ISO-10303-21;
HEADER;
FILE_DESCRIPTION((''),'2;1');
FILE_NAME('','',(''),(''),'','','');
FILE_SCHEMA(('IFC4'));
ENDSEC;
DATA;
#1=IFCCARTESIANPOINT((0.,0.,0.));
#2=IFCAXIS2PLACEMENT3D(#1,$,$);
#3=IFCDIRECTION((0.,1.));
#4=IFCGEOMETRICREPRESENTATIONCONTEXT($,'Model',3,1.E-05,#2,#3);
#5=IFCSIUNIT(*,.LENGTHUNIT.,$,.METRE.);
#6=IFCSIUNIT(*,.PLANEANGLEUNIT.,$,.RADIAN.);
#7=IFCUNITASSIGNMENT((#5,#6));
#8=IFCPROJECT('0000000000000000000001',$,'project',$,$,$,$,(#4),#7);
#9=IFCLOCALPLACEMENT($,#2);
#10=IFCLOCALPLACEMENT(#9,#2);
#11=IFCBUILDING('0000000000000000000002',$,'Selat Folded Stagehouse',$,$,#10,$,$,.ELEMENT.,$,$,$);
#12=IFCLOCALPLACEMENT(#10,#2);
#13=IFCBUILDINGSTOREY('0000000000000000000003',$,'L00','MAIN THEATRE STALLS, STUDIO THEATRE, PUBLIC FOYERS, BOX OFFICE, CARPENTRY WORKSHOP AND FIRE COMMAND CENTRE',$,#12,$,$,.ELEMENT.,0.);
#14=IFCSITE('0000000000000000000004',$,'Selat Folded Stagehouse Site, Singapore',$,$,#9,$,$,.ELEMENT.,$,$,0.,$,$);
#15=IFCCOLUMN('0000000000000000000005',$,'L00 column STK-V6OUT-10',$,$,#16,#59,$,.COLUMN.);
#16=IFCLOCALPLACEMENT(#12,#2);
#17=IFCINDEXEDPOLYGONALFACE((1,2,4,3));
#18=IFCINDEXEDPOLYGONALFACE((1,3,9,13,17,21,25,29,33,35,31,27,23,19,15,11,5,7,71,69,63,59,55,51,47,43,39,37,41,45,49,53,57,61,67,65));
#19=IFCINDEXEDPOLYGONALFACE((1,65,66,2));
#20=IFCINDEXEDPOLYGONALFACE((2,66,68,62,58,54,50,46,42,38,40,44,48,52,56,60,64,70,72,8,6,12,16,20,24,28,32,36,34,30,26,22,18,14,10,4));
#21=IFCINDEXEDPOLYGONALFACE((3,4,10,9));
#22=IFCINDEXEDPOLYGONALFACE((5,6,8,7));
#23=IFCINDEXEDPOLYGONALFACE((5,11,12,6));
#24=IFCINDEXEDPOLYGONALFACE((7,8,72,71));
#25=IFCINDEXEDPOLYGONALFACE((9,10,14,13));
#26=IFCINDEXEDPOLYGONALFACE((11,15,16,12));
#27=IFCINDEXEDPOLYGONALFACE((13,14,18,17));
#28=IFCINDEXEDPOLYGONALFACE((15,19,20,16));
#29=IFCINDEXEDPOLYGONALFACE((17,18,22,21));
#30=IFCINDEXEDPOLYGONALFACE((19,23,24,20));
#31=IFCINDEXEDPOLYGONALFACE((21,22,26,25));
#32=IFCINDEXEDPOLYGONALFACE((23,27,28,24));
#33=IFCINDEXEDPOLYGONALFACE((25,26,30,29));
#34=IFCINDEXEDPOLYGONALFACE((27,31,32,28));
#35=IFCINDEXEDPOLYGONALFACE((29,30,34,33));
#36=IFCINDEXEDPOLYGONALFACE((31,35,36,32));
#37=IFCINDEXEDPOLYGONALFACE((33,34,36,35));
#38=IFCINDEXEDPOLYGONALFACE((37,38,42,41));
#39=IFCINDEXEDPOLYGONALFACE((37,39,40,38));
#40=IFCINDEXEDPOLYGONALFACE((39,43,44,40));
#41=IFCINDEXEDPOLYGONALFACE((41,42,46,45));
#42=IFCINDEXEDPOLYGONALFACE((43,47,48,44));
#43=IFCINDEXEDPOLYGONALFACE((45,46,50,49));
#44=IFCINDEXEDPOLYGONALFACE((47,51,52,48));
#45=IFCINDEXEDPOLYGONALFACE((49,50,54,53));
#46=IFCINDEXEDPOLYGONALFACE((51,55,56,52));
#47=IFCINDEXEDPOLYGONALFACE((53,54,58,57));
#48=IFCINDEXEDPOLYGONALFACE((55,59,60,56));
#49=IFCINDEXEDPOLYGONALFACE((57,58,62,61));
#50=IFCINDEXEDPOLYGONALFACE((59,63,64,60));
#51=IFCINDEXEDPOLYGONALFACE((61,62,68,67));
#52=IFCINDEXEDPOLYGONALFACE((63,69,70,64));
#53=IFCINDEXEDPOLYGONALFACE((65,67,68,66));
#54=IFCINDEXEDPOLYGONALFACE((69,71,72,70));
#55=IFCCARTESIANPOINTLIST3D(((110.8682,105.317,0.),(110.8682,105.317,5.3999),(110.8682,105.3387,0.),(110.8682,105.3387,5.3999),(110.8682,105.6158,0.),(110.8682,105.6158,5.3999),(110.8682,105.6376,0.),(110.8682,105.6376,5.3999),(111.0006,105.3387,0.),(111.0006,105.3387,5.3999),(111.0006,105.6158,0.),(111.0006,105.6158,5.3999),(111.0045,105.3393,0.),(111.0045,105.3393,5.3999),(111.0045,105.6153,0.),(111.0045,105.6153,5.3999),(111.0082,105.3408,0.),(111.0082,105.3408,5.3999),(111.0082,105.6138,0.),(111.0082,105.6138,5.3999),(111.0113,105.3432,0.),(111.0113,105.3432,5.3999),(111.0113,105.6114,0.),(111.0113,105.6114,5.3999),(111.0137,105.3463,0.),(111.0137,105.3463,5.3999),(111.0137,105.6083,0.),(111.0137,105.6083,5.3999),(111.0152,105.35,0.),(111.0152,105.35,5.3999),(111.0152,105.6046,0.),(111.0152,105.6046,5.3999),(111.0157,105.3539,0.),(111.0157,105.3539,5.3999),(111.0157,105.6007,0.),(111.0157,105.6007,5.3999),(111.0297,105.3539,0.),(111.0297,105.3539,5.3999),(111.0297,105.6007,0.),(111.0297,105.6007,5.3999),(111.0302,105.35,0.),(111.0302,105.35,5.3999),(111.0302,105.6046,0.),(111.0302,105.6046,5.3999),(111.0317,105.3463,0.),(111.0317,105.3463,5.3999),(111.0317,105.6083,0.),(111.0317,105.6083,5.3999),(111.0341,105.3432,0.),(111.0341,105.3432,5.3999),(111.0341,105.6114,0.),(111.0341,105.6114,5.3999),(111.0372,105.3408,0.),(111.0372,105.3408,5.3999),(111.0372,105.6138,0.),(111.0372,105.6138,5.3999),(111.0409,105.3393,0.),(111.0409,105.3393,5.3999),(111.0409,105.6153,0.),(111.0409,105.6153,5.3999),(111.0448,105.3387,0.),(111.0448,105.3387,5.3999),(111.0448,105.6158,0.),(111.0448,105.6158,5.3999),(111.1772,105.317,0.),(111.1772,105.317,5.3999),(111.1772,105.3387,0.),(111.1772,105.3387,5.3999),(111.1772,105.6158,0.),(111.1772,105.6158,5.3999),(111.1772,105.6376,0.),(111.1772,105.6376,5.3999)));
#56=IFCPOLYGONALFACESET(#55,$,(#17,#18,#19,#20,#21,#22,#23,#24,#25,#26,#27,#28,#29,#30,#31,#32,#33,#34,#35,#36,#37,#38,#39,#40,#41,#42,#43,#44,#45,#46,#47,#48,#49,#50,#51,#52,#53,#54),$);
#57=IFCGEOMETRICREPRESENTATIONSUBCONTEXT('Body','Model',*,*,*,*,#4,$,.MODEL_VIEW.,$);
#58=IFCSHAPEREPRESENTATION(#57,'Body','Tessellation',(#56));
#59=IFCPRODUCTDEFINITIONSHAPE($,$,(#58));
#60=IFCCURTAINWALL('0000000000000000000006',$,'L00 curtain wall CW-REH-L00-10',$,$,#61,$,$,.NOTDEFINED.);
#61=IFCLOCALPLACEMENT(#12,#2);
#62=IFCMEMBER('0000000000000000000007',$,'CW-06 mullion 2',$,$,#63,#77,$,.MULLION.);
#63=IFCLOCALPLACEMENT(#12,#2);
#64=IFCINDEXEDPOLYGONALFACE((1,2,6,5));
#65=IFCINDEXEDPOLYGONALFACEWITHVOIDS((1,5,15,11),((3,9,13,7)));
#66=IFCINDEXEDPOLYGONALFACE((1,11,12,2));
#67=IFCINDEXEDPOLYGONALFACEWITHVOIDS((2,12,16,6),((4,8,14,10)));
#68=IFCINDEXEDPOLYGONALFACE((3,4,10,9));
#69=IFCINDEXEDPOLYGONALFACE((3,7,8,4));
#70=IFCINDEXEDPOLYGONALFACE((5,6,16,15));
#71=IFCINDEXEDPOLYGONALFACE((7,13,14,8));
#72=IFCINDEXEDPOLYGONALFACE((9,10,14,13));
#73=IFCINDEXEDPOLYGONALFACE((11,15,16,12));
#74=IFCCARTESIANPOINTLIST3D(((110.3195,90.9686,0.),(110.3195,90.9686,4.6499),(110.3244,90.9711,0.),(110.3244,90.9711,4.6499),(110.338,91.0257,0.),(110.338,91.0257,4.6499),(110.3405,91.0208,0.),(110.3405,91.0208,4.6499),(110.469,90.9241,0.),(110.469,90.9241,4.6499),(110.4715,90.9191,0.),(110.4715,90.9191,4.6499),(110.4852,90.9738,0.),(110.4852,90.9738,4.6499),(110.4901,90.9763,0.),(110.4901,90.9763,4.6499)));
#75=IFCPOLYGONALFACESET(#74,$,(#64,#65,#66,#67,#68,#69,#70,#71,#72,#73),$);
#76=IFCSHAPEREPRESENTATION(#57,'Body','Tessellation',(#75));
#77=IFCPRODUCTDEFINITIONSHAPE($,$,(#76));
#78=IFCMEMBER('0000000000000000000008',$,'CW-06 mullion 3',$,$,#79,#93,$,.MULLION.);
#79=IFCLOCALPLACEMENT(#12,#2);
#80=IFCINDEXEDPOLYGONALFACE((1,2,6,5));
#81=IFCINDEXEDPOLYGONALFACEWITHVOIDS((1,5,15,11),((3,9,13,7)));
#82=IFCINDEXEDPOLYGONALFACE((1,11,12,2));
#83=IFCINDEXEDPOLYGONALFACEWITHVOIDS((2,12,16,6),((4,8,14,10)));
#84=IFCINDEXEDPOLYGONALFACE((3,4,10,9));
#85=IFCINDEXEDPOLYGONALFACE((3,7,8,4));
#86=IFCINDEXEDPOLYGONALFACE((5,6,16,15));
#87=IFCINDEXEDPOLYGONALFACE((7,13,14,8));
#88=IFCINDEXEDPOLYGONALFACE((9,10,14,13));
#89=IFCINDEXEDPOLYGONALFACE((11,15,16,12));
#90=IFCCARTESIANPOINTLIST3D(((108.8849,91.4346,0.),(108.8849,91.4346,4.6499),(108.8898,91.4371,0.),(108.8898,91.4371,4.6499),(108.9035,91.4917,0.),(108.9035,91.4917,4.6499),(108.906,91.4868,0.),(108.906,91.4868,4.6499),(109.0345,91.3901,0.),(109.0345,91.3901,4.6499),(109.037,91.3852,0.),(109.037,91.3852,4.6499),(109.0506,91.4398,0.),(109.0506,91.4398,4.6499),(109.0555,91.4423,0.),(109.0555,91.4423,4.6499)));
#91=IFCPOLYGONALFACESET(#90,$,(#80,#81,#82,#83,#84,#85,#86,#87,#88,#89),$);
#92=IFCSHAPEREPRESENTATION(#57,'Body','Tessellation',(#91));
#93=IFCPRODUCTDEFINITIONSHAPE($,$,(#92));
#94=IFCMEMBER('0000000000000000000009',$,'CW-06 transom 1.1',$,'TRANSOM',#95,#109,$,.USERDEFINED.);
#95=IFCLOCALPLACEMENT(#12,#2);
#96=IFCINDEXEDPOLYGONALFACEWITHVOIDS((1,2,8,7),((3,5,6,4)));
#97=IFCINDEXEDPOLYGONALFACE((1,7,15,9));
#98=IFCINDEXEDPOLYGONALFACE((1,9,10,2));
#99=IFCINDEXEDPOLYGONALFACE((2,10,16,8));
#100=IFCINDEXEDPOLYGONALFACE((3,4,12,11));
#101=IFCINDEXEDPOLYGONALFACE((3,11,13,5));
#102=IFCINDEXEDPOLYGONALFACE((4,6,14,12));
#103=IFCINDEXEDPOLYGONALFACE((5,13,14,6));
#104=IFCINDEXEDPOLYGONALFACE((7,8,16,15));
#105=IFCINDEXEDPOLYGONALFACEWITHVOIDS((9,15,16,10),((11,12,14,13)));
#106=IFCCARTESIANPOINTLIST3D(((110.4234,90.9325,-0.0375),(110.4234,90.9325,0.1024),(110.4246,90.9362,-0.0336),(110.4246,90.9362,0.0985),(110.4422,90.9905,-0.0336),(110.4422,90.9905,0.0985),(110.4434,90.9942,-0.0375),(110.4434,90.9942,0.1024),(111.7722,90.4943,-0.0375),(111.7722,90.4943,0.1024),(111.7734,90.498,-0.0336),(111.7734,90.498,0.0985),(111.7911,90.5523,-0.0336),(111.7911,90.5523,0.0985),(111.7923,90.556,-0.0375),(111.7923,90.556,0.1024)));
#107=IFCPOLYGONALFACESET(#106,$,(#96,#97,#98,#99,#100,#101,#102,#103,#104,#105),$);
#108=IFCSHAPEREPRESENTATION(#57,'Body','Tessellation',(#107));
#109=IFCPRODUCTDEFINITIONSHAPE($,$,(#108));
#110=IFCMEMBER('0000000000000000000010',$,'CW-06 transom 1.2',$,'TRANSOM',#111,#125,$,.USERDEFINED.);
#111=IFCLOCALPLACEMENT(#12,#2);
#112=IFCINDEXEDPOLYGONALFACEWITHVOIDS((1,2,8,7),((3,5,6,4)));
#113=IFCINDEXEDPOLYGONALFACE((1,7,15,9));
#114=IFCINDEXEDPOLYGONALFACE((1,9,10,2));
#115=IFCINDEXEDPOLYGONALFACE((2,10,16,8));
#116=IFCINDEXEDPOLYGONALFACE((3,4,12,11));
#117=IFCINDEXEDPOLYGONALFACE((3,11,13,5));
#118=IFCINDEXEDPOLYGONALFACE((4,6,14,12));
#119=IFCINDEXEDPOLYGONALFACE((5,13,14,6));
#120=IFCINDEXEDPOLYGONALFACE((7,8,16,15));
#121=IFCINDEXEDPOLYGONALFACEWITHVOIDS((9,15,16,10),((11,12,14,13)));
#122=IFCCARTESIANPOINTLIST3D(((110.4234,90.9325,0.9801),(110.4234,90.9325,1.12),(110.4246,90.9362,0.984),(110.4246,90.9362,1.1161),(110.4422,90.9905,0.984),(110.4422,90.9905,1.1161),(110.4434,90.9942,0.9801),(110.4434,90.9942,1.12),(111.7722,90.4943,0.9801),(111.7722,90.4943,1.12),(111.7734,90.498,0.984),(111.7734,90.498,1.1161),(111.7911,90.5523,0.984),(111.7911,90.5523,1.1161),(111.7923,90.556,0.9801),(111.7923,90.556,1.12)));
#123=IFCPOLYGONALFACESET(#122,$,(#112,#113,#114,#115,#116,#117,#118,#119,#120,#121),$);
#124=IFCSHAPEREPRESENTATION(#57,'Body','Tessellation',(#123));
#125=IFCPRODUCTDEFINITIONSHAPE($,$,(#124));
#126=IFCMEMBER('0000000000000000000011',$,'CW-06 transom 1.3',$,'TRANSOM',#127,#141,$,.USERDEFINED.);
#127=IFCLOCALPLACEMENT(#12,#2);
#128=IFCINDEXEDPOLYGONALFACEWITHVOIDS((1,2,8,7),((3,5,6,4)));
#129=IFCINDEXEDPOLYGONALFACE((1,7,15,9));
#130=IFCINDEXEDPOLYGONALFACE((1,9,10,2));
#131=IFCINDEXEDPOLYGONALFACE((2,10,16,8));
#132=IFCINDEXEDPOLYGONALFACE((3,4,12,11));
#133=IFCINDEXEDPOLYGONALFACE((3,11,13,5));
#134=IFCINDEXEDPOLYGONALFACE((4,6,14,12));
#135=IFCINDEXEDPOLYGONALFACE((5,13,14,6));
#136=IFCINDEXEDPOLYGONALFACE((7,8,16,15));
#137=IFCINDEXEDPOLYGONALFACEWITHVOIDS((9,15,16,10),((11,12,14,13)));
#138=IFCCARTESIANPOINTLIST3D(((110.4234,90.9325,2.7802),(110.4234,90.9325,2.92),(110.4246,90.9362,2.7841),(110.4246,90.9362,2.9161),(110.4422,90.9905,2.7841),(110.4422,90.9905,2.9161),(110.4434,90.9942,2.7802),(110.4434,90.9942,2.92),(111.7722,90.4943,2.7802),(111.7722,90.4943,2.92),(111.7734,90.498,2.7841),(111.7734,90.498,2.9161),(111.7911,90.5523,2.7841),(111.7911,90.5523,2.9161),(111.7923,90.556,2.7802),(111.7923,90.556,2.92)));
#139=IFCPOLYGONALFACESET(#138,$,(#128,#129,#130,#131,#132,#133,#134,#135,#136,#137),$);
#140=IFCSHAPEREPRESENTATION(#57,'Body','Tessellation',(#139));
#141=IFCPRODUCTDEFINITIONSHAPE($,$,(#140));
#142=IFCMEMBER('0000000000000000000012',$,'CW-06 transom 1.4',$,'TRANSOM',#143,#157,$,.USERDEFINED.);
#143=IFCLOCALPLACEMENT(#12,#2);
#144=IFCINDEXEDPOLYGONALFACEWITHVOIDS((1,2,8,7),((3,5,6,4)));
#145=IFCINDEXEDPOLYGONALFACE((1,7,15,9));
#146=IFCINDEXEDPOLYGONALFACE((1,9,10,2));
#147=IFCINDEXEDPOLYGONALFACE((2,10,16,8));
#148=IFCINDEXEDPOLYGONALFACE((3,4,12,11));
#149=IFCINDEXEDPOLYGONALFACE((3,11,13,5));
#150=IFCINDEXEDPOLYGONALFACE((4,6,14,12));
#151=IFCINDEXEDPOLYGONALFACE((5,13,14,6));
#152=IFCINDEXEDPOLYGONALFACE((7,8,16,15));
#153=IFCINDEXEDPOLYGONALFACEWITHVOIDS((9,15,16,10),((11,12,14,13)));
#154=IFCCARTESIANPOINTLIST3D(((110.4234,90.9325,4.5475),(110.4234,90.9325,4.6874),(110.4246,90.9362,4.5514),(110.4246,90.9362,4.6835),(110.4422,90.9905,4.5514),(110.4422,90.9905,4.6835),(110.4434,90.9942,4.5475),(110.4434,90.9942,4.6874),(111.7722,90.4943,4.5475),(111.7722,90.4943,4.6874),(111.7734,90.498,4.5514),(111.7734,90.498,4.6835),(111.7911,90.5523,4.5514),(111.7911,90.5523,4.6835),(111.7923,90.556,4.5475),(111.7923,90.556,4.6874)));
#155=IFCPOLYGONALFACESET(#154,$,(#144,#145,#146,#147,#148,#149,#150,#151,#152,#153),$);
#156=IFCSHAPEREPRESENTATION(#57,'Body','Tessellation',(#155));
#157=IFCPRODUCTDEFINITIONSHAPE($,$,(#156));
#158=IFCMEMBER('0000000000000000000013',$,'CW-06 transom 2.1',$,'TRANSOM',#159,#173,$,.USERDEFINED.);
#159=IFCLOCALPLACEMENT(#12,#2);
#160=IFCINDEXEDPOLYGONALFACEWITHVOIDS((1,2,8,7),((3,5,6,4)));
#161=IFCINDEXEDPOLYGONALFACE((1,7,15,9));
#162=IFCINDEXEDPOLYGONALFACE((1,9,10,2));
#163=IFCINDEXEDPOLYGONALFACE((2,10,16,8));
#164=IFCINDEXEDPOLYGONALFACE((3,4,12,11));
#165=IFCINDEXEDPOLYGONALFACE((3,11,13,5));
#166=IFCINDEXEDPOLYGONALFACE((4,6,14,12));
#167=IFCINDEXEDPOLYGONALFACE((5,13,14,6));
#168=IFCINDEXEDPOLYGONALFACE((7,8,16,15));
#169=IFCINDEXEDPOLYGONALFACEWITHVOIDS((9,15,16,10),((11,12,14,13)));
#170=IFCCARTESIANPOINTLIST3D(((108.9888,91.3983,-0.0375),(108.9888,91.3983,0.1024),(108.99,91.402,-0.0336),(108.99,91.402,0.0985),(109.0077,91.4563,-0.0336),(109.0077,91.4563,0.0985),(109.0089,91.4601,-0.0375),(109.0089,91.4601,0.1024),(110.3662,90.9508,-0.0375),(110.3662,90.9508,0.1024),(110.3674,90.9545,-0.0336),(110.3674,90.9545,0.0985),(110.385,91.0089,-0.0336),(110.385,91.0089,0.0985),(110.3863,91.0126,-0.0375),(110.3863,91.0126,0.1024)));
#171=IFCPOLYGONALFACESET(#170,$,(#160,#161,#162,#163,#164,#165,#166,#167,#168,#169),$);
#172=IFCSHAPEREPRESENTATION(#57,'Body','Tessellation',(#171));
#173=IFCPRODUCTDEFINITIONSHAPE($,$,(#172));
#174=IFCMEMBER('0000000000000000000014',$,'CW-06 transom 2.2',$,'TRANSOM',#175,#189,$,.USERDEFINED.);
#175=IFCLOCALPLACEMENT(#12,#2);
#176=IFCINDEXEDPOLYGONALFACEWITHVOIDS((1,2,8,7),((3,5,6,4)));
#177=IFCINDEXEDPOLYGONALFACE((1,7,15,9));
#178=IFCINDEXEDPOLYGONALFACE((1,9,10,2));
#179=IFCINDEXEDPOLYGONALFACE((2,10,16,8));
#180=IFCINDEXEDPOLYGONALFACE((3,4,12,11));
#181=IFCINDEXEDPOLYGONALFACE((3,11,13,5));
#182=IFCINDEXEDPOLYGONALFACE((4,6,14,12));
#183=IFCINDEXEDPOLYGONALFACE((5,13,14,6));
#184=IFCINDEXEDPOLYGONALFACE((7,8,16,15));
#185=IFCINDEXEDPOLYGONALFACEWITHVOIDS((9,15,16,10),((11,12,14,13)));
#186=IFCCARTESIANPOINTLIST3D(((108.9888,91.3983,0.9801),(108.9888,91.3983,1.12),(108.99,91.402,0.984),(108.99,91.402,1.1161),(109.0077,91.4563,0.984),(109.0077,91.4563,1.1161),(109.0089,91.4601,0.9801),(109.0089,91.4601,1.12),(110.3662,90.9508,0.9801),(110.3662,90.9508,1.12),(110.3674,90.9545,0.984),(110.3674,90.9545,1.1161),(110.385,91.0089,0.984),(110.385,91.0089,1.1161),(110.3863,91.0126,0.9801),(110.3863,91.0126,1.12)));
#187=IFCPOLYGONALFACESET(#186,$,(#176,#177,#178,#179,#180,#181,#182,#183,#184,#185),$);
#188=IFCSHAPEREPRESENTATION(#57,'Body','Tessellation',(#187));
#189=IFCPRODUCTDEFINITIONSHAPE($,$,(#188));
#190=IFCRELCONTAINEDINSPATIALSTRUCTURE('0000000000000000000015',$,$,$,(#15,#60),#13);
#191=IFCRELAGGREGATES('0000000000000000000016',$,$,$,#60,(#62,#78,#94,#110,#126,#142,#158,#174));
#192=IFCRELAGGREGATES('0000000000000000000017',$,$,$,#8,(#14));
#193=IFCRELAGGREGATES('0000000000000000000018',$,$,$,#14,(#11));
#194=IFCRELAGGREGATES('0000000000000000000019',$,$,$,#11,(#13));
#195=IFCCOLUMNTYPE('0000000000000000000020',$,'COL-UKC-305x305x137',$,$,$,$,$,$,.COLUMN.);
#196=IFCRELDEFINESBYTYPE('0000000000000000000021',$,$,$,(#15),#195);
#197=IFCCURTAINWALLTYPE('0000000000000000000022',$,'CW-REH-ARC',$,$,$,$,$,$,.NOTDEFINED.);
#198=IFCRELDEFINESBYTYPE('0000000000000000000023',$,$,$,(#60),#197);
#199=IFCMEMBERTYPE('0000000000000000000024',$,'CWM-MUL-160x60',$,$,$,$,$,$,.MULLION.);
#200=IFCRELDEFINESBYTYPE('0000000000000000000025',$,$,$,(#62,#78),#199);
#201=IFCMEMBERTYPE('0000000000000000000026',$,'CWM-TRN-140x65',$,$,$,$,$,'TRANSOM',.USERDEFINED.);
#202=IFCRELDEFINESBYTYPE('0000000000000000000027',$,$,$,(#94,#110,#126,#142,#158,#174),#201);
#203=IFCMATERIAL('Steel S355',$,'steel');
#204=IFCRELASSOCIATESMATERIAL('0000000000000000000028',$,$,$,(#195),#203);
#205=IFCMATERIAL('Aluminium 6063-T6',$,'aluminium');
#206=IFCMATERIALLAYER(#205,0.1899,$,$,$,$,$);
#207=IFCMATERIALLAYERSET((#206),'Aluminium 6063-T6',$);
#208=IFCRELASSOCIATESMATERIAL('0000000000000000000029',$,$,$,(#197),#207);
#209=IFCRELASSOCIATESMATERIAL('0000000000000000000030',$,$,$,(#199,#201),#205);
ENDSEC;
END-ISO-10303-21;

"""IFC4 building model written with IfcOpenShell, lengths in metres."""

from ifc_helpers import new_model, si_unit, direction, frame, origin, origin_2d, place, context, subcontext, project, spatial, hollow_rectangle, i_section, extrude, material, layer, layer_set, material_profile, profile_set, type_object, element, aggregate, save


model = new_model("IFC4")

# Units and contexts
model_context = context("Model", 3, precision=1e-05, world=origin(), true_north=direction((0.0, 1.0)))
body_context = subcontext(model_context, "Body", "Model", "MODEL_VIEW")
ifc_project = project(units=[si_unit("LENGTHUNIT", "METRE"), si_unit("PLANEANGLEUNIT", "RADIAN")], contexts=[model_context])

# Site, building, storey
site_placement = place(None, origin())
site = spatial("IfcSite", under=ifc_project, at=site_placement, Name="Selat Folded Stagehouse Site, Singapore", CompositionType="ELEMENT", RefElevation=0.0)
building_placement = place(site_placement, origin())
building = spatial("IfcBuilding", under=site, at=building_placement, Name="Selat Folded Stagehouse", CompositionType="ELEMENT")
storey_placement = place(building_placement, origin())
storey = spatial("IfcBuildingStorey", under=building, at=storey_placement, Name="L00", Description="MAIN THEATRE STALLS, STUDIO THEATRE, PUBLIC FOYERS, BOX OFFICE, CARPENTRY WORKSHOP AND FIRE COMMAND CENTRE", CompositionType="ELEMENT", Elevation=0.0)

# Column
ifc_material_1 = material(Name="Steel S355", Category="steel")
ifc_material_profile_1 = material_profile(ifc_material_1, i_section(OverallWidth=0.3091, OverallDepth=0.3206, WebThickness=0.0139, FlangeThickness=0.0217, FilletRadius=0.0151, at=origin_2d()), Name="UKC 305x305x137")
ifc_profile_set_1 = profile_set([ifc_material_profile_1], Name="Steel S355")
column_type = type_object("IfcColumnType", Name="COL-UKC-305x305x137", PredefinedType="COLUMN", material=ifc_profile_set_1)
column_placement = place(storey_placement, frame((111.0227, 105.4773, 0.0), z_axis=(0.0, 0.0, 1.0), x_axis=(1.0, 0.0, 0.0)))
element("IfcColumn", 1, at=column_placement, inside=storey, type_object=column_type, Name="L00 column STK-V6OUT-10", PredefinedType="COLUMN", context=body_context, shape_type="SweptSolid", body=[
    extrude(i_section(OverallWidth=0.3091, OverallDepth=0.3206, WebThickness=0.0139, FlangeThickness=0.0217, FilletRadius=0.0151, at=origin_2d()), origin(), (0.0, 0.0, 1.0), 5.3999),
])

# Curtain wall, members
ifc_material_2 = material(Name="Aluminium 6063-T6", Category="aluminium")
ifc_layer_1 = layer(ifc_material_2, 0.1899)
ifc_layer_set_1 = layer_set([ifc_layer_1], Name="Aluminium 6063-T6")
curtain_wall_type = type_object("IfcCurtainWallType", Name="CW-REH-ARC", PredefinedType="NOTDEFINED", material=ifc_layer_set_1)
curtain_wall_placement = place(storey_placement, origin())
curtain_wall = element("IfcCurtainWall", 2, at=curtain_wall_placement, inside=storey, type_object=curtain_wall_type, Name="L00 curtain wall CW-REH-L00-10", PredefinedType="NOTDEFINED")
ifc_material_profile_2 = material_profile(ifc_material_2, hollow_rectangle(XDim=0.0601, YDim=0.1599, WallThickness=0.0039, at=origin_2d()), Name="ALU 160x60x4.0")
ifc_profile_set_2 = profile_set([ifc_material_profile_2], Name="Aluminium 6063-T6")
member_type_1 = type_object("IfcMemberType", Name="CWM-MUL-160x60", PredefinedType="MULLION", material=ifc_profile_set_2)
member_1_placement = place(storey_placement, frame((110.4048, 90.9724, 0.0), z_axis=(0.0, 0.0, 1.0), x_axis=(-0.308992, -0.951065, 0.0)))
member_1 = element("IfcMember", 3, at=member_1_placement, type_object=member_type_1, Name="CW-06 mullion 2", PredefinedType="MULLION", context=body_context, shape_type="SweptSolid", body=[
    extrude(hollow_rectangle(XDim=0.0601, YDim=0.1599, WallThickness=0.0039, at=origin_2d()), origin(), (0.0, 0.0, 1.0), 4.6499),
])
member_2_placement = place(storey_placement, frame((108.9702, 91.4385, 0.0), z_axis=(0.0, 0.0, 1.0), x_axis=(-0.308992, -0.951065, 0.0)))
member_2 = element("IfcMember", 4, at=member_2_placement, type_object=member_type_1, Name="CW-06 mullion 3", PredefinedType="MULLION", context=body_context, shape_type="SweptSolid", body=[
    extrude(hollow_rectangle(XDim=0.0601, YDim=0.1599, WallThickness=0.0039, at=origin_2d()), origin(), (0.0, 0.0, 1.0), 4.6499),
])
ifc_material_profile_3 = material_profile(ifc_material_2, hollow_rectangle(XDim=0.0649, YDim=0.1399, WallThickness=0.0039, at=origin_2d()), Name="ALU 140x65x4.0")
ifc_profile_set_3 = profile_set([ifc_material_profile_3], Name="Aluminium 6063-T6")
member_type_2 = type_object("IfcMemberType", Name="CWM-TRN-140x65", ElementType="TRANSOM", PredefinedType="USERDEFINED", material=ifc_profile_set_3)
member_3_placement = place(storey_placement, frame((111.7822, 90.5251, 0.0325), z_axis=(-0.951066, 0.308989, 0.0), x_axis=(-0.308989, -0.951066, 0.0)))
member_3 = element("IfcMember", 5, at=member_3_placement, type_object=member_type_2, Name="CW-06 transom 1.1", ObjectType="TRANSOM", PredefinedType="USERDEFINED", context=body_context, shape_type="SweptSolid", body=[
    extrude(hollow_rectangle(XDim=0.0649, YDim=0.1399, WallThickness=0.0039, at=origin_2d()), origin(), (0.0, 0.0, 1.0), 1.4182),
])
member_4_placement = place(storey_placement, frame((111.7822, 90.5251, 1.05), z_axis=(-0.951066, 0.308989, 0.0), x_axis=(-0.308989, -0.951066, 0.0)))
member_4 = element("IfcMember", 6, at=member_4_placement, type_object=member_type_2, Name="CW-06 transom 1.2", ObjectType="TRANSOM", PredefinedType="USERDEFINED", context=body_context, shape_type="SweptSolid", body=[
    extrude(hollow_rectangle(XDim=0.0649, YDim=0.1399, WallThickness=0.0039, at=origin_2d()), origin(), (0.0, 0.0, 1.0), 1.4182),
])
member_5_placement = place(storey_placement, frame((111.7822, 90.5251, 2.8501), z_axis=(-0.951066, 0.308989, 0.0), x_axis=(-0.308989, -0.951066, 0.0)))
member_5 = element("IfcMember", 7, at=member_5_placement, type_object=member_type_2, Name="CW-06 transom 1.3", ObjectType="TRANSOM", PredefinedType="USERDEFINED", context=body_context, shape_type="SweptSolid", body=[
    extrude(hollow_rectangle(XDim=0.0649, YDim=0.1399, WallThickness=0.0039, at=origin_2d()), origin(), (0.0, 0.0, 1.0), 1.4182),
])
member_6_placement = place(storey_placement, frame((111.7822, 90.5251, 4.6174), z_axis=(-0.951066, 0.308989, 0.0), x_axis=(-0.308989, -0.951066, 0.0)))
member_6 = element("IfcMember", 8, at=member_6_placement, type_object=member_type_2, Name="CW-06 transom 1.4", ObjectType="TRANSOM", PredefinedType="USERDEFINED", context=body_context, shape_type="SweptSolid", body=[
    extrude(hollow_rectangle(XDim=0.0649, YDim=0.1399, WallThickness=0.0039, at=origin_2d()), origin(), (0.0, 0.0, 1.0), 1.4182),
])
member_7_placement = place(storey_placement, frame((110.3762, 90.9817, 0.0325), z_axis=(-0.951066, 0.308987, 0.0), x_axis=(-0.308987, -0.951066, 0.0)))
member_7 = element("IfcMember", 9, at=member_7_placement, type_object=member_type_2, Name="CW-06 transom 2.1", ObjectType="TRANSOM", PredefinedType="USERDEFINED", context=body_context, shape_type="SweptSolid", body=[
    extrude(hollow_rectangle(XDim=0.0649, YDim=0.1399, WallThickness=0.0039, at=origin_2d()), origin(), (0.0, 0.0, 1.0), 1.4482),
])
member_8_placement = place(storey_placement, frame((110.3762, 90.9817, 1.05), z_axis=(-0.951066, 0.308987, 0.0), x_axis=(-0.308987, -0.951066, 0.0)))
member_8 = element("IfcMember", 10, at=member_8_placement, type_object=member_type_2, Name="CW-06 transom 2.2", ObjectType="TRANSOM", PredefinedType="USERDEFINED", context=body_context, shape_type="SweptSolid", body=[
    extrude(hollow_rectangle(XDim=0.0649, YDim=0.1399, WallThickness=0.0039, at=origin_2d()), origin(), (0.0, 0.0, 1.0), 1.4482),
])

aggregate(curtain_wall, [member_1, member_2, member_3, member_4, member_5, member_6, member_7, member_8])

save(model, "model.ifc")
